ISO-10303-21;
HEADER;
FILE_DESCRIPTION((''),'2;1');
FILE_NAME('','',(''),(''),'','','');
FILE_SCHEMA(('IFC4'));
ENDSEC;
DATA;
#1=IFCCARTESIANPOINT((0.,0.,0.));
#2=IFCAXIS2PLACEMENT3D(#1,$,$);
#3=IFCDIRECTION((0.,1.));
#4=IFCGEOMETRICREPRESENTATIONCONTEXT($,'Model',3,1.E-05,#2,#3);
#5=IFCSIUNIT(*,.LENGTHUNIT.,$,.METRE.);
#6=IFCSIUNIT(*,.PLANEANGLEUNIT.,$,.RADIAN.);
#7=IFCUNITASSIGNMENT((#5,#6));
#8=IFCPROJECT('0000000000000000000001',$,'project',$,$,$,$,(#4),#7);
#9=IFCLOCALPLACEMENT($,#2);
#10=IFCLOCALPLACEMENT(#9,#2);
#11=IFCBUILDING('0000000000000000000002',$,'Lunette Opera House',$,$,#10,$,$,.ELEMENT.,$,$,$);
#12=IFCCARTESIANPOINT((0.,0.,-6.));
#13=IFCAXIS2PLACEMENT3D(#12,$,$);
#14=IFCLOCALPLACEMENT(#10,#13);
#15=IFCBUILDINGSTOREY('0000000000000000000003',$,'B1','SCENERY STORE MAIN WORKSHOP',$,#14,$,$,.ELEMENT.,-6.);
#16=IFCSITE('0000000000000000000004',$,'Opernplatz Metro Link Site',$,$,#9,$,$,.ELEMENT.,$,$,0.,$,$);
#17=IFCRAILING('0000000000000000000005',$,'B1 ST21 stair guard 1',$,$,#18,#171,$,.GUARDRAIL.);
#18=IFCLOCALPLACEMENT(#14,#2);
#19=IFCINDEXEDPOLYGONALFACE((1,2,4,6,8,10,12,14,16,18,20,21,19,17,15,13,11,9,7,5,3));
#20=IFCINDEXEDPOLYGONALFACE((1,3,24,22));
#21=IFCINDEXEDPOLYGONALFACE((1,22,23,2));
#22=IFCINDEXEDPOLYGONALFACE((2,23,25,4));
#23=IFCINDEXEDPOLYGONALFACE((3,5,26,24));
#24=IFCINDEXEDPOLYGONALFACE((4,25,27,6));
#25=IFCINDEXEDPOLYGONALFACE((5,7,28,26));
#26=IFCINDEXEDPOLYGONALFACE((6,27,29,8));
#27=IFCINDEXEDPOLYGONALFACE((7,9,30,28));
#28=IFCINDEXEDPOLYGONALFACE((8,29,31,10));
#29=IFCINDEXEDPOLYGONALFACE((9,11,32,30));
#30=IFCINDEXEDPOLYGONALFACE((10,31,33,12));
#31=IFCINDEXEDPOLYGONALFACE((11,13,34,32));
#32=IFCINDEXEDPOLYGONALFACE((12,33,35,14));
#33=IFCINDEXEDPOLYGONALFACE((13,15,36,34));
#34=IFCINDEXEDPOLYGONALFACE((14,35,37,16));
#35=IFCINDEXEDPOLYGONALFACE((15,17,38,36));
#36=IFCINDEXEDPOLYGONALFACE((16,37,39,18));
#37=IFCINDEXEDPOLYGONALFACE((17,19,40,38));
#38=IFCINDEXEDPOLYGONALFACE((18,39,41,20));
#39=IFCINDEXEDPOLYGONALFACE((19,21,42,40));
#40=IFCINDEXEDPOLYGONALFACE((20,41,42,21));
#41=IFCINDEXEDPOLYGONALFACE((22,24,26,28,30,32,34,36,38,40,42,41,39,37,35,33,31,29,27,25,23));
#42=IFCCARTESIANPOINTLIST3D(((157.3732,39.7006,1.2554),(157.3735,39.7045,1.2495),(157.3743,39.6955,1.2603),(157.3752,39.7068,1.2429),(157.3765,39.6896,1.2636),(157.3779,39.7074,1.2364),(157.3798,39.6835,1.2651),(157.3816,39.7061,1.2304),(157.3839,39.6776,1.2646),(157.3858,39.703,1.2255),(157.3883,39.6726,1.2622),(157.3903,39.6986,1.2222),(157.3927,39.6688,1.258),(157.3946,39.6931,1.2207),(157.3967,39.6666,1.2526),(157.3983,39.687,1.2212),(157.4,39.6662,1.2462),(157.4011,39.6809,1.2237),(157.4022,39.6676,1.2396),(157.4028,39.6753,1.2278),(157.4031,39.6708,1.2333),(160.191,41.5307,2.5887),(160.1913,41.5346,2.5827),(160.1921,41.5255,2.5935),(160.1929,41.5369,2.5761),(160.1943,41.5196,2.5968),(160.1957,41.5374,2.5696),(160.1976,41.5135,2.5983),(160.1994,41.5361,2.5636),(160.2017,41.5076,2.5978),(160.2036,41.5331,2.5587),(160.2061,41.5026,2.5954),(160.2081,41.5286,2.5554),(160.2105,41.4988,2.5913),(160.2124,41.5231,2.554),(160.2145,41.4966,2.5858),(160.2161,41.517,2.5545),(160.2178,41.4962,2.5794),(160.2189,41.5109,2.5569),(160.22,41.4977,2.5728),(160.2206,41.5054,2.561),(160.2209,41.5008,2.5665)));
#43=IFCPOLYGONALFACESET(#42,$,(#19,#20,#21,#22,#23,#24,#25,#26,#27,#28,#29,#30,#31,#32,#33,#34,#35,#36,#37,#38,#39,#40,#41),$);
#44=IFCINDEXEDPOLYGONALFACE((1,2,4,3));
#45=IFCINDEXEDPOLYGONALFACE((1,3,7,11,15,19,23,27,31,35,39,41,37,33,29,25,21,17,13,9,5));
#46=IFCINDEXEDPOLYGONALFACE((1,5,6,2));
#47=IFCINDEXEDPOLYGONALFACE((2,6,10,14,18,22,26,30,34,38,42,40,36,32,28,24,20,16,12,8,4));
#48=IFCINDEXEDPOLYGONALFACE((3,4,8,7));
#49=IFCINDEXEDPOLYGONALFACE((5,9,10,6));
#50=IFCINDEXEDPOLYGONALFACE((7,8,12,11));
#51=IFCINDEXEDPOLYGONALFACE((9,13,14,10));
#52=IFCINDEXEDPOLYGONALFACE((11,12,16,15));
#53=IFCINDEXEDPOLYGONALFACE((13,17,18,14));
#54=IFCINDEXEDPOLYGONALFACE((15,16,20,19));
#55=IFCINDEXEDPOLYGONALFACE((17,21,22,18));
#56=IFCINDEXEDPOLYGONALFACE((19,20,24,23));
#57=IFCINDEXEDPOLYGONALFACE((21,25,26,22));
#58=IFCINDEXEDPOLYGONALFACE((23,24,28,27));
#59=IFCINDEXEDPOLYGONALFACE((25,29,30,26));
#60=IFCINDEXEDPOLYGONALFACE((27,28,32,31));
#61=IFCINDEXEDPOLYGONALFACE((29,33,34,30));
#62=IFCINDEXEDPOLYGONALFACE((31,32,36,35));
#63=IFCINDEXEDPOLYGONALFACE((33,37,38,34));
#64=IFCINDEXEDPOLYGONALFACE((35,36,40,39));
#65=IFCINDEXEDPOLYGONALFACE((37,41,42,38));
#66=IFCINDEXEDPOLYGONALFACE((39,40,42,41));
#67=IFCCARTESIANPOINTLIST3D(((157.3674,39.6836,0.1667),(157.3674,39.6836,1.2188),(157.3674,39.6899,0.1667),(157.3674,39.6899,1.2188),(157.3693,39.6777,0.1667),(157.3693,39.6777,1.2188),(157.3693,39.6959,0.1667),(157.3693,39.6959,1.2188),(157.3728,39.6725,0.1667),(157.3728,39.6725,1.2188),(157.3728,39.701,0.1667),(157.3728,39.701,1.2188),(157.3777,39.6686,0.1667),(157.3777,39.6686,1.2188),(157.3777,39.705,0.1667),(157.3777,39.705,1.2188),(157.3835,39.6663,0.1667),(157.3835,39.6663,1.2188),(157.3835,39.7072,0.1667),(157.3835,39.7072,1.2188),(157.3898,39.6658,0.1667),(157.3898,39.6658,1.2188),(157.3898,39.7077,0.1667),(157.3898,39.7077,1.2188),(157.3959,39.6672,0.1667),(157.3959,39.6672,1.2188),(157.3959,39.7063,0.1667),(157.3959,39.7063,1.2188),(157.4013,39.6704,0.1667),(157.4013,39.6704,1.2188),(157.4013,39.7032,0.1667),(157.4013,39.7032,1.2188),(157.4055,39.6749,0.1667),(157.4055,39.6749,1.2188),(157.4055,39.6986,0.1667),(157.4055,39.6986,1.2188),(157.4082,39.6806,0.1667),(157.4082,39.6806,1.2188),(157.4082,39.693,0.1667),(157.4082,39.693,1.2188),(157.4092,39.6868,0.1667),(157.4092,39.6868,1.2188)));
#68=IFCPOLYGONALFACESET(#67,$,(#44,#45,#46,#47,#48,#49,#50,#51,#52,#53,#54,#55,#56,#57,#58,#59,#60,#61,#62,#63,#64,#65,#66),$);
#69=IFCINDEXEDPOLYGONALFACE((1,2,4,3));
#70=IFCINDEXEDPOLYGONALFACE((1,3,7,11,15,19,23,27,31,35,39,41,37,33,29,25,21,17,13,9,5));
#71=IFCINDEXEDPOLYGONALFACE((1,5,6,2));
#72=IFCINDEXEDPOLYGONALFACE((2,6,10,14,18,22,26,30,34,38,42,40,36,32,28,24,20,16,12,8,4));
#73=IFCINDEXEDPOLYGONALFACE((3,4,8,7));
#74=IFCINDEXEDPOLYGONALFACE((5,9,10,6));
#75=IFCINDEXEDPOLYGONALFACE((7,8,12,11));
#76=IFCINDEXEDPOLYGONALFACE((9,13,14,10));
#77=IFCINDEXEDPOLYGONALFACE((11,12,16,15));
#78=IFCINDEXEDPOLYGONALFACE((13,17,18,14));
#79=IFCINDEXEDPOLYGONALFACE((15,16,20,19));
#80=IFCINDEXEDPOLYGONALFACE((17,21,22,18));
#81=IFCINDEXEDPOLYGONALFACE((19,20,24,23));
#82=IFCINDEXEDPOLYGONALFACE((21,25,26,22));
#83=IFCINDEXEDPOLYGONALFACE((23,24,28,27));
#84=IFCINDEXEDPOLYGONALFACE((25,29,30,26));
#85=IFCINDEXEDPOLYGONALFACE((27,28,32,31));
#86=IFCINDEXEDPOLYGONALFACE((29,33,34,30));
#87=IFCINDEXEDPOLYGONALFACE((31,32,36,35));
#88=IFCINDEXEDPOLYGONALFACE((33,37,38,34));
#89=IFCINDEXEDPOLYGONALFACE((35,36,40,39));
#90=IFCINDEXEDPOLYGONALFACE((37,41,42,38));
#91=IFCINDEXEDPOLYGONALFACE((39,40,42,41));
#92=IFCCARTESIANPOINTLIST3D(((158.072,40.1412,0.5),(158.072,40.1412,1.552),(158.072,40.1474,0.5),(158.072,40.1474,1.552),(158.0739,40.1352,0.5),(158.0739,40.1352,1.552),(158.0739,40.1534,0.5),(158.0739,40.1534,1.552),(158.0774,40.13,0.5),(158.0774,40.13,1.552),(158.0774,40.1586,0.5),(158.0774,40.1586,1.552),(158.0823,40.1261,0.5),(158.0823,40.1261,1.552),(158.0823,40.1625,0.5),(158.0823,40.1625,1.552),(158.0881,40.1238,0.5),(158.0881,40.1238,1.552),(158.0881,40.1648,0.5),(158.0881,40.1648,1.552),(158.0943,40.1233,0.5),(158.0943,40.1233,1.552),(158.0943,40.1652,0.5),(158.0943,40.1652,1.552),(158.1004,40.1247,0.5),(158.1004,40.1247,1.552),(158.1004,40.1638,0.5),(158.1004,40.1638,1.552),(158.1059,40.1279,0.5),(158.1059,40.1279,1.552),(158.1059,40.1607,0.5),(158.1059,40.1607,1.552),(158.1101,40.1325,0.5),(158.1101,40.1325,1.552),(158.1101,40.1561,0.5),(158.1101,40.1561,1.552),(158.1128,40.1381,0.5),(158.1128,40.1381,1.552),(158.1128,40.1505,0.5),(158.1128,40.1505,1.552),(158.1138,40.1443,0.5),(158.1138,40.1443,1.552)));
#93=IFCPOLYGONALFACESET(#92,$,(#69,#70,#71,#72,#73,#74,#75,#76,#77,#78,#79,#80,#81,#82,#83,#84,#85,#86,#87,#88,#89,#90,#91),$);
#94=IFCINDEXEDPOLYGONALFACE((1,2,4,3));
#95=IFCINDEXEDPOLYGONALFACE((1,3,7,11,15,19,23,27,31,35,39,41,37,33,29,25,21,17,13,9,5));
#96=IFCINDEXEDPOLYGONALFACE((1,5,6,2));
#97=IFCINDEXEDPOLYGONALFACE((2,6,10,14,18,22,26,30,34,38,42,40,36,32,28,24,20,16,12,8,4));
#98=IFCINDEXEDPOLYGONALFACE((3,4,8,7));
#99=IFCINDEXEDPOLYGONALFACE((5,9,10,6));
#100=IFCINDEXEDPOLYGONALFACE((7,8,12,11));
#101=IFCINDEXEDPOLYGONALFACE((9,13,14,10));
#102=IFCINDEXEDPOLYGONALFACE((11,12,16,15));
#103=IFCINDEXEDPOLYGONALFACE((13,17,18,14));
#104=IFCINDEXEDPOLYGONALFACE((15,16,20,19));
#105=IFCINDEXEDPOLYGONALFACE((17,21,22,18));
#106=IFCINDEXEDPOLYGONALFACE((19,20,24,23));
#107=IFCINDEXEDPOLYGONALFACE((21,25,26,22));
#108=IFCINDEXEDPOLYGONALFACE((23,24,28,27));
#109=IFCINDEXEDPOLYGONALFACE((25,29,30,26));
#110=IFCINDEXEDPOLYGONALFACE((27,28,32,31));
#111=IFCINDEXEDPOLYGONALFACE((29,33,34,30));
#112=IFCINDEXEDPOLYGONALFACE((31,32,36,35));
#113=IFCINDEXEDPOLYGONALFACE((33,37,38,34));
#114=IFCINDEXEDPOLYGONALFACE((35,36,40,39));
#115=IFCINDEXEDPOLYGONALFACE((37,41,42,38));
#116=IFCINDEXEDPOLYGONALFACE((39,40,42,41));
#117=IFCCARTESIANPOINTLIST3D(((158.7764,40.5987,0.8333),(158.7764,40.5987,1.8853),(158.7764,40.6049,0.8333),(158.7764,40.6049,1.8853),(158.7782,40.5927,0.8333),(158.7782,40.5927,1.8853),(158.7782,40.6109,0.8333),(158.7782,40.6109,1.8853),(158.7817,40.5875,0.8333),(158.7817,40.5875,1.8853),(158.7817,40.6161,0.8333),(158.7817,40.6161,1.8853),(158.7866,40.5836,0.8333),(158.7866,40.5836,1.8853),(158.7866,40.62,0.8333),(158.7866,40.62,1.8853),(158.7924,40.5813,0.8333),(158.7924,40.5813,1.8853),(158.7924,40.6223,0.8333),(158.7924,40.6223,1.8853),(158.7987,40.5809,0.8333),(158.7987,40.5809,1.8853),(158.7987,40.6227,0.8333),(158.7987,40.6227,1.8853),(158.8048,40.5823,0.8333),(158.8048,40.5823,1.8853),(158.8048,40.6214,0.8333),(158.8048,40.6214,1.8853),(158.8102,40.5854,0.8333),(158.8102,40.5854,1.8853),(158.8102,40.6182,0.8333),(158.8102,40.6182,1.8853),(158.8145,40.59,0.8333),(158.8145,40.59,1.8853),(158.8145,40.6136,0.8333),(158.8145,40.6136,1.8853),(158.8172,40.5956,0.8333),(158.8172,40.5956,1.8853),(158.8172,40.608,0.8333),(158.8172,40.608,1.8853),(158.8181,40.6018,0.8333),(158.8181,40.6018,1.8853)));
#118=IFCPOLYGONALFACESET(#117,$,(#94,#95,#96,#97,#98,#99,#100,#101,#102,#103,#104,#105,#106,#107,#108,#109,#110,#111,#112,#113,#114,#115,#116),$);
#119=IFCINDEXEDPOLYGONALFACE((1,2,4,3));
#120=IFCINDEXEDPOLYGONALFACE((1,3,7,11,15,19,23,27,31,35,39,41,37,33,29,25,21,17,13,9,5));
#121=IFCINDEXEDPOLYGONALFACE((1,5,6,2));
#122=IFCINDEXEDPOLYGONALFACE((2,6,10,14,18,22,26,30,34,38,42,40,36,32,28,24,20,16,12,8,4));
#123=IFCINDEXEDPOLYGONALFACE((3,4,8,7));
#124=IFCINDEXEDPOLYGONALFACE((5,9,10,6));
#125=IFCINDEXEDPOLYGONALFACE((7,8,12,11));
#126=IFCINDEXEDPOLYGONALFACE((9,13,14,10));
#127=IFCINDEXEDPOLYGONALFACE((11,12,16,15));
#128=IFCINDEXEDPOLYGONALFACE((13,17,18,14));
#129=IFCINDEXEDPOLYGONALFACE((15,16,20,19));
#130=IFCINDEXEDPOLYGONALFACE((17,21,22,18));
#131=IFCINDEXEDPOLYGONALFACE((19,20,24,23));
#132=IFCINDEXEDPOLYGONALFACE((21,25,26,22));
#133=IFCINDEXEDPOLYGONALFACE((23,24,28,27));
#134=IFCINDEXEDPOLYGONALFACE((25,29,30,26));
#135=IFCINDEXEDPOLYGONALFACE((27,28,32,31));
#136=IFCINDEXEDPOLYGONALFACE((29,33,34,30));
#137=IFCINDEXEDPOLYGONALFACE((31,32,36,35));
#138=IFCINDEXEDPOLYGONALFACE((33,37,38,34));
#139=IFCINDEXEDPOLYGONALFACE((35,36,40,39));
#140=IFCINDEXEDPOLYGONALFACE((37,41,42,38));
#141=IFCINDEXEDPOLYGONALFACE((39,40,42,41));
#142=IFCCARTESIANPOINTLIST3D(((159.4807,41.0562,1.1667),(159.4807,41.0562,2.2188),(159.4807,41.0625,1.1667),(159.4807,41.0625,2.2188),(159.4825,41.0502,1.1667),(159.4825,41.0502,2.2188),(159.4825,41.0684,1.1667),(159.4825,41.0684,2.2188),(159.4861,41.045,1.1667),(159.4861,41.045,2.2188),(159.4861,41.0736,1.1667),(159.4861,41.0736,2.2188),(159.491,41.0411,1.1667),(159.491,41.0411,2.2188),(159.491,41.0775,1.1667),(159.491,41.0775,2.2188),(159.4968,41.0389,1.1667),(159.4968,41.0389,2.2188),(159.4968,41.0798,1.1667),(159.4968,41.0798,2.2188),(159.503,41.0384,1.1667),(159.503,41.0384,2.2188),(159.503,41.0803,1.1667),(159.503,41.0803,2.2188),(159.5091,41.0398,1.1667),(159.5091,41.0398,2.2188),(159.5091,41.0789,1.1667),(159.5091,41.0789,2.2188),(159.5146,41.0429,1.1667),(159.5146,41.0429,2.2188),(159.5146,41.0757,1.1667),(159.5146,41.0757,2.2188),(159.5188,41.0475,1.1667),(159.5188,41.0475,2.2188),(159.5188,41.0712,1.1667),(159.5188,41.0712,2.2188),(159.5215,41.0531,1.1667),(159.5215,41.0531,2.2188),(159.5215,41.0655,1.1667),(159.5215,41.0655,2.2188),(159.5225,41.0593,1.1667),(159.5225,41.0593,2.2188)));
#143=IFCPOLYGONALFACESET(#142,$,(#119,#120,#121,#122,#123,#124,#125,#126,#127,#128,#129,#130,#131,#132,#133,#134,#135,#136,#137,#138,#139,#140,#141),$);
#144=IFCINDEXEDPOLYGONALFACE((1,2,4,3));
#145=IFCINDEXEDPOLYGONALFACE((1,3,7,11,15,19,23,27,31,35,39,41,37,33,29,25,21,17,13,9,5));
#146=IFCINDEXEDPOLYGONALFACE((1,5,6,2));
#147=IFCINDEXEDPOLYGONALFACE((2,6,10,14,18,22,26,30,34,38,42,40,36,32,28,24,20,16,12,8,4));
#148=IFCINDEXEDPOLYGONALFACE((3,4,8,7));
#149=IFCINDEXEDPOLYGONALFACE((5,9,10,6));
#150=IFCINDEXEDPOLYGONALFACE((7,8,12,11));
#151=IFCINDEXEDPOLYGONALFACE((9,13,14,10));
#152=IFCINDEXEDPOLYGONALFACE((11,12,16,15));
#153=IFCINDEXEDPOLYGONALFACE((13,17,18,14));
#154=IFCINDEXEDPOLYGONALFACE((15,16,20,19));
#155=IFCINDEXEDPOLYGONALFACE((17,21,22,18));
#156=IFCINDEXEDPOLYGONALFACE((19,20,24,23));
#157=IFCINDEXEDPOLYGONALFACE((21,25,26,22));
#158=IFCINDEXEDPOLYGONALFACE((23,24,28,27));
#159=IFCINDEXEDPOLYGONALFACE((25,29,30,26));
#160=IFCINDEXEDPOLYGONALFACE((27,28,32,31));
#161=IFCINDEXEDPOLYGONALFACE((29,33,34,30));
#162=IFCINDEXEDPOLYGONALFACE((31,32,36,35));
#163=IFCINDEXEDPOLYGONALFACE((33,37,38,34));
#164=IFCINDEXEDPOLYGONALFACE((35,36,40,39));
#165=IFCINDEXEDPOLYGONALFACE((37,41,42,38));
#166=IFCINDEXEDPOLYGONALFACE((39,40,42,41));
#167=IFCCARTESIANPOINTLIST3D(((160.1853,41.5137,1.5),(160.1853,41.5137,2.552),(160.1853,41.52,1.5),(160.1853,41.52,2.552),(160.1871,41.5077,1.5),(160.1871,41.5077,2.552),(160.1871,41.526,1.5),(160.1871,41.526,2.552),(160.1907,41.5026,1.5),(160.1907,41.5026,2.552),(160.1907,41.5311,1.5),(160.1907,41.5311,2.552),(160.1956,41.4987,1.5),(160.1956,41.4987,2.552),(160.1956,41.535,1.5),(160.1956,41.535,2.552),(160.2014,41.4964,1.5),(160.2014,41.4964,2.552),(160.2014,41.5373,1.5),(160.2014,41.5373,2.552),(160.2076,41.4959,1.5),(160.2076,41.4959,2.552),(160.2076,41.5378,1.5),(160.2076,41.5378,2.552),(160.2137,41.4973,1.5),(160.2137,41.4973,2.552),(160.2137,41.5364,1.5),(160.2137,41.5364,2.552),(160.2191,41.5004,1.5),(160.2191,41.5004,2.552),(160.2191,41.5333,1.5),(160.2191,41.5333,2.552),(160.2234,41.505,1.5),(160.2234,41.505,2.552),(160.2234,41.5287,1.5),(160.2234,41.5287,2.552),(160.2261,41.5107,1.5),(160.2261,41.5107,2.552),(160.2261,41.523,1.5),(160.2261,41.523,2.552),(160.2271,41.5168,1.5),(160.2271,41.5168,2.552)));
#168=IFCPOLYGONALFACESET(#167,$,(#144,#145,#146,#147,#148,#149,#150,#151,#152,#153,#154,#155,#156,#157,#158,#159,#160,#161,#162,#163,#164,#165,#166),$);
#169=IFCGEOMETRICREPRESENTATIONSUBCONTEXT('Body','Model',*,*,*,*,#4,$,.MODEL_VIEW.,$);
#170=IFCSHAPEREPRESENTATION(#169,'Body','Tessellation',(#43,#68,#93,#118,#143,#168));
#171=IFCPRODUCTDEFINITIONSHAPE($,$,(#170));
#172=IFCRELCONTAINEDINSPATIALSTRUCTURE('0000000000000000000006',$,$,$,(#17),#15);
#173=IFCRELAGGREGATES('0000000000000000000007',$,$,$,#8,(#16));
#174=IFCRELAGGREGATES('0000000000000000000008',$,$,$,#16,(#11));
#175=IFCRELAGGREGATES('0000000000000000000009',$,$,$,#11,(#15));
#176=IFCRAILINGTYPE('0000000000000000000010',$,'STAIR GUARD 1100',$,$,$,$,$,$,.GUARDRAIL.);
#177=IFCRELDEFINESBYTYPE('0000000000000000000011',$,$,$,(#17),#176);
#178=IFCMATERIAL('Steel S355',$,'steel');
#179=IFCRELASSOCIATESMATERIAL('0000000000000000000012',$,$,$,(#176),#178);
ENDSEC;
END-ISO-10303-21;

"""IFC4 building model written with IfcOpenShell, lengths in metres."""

from ifc_helpers import new_model, si_unit, direction, frame, origin, origin_2d, place, context, subcontext, project, spatial, circle, extrude, material, type_object, element, save


model = new_model("IFC4")

# Units and contexts
model_context = context("Model", 3, precision=1e-05, world=origin(), true_north=direction((0.0, 1.0)))
body_context = subcontext(model_context, "Body", "Model", "MODEL_VIEW")
ifc_project = project(units=[si_unit("LENGTHUNIT", "METRE"), si_unit("PLANEANGLEUNIT", "RADIAN")], contexts=[model_context])

# Site, building, storey
site_placement = place(None, origin())
site = spatial("IfcSite", under=ifc_project, at=site_placement, Name="Opernplatz Metro Link Site", CompositionType="ELEMENT", RefElevation=0.0)
building_placement = place(site_placement, origin())
building = spatial("IfcBuilding", under=site, at=building_placement, Name="Lunette Opera House", CompositionType="ELEMENT")
storey_placement = place(building_placement, frame((0.0, 0.0, -6.0)))
storey = spatial("IfcBuildingStorey", under=building, at=storey_placement, Name="B1", Description="SCENERY STORE MAIN WORKSHOP", CompositionType="ELEMENT", Elevation=-6.0)

# Railing
ifc_material_1 = material(Name="Steel S355", Category="steel")
railing_type_1 = type_object("IfcRailingType", Name="STAIR GUARD 1100", PredefinedType="GUARDRAIL", material=ifc_material_1)
railing_1_placement = place(storey_placement, frame((157.3882, 39.6868, 0.1667)))
element("IfcRailing", 1, at=railing_1_placement, inside=storey, type_object=railing_type_1, Name="B1 ST21 stair guard 1", PredefinedType="GUARDRAIL", context=body_context, shape_type="SweptSolid", body=[
    extrude(circle(Radius=0.0239, at=origin_2d()), frame((0.0, 0.0, 1.0762), z_axis=(0.779526, 0.506267, 0.368826), x_axis=(-0.544667, 0.838653, 0.0)), (0.0, 0.0, 1.0), 3.6147),
    extrude(circle(Radius=0.021, at=origin_2d()), origin(), (0.0, 0.0, 1.0), 1.052),
    extrude(circle(Radius=0.021, at=origin_2d()), frame((0.7046, 0.4575, 0.3333)), (0.0, 0.0, 1.0), 1.052),
    extrude(circle(Radius=0.021, at=origin_2d()), frame((1.4089, 0.915, 0.6665)), (0.0, 0.0, 1.0), 1.052),
    extrude(circle(Radius=0.021, at=origin_2d()), frame((2.1133, 1.3726, 1.0)), (0.0, 0.0, 1.0), 1.052),
    extrude(circle(Radius=0.021, at=origin_2d()), frame((2.8179, 1.8301, 1.3333)), (0.0, 0.0, 1.0), 1.052),
])

save(model, "model.ifc")
